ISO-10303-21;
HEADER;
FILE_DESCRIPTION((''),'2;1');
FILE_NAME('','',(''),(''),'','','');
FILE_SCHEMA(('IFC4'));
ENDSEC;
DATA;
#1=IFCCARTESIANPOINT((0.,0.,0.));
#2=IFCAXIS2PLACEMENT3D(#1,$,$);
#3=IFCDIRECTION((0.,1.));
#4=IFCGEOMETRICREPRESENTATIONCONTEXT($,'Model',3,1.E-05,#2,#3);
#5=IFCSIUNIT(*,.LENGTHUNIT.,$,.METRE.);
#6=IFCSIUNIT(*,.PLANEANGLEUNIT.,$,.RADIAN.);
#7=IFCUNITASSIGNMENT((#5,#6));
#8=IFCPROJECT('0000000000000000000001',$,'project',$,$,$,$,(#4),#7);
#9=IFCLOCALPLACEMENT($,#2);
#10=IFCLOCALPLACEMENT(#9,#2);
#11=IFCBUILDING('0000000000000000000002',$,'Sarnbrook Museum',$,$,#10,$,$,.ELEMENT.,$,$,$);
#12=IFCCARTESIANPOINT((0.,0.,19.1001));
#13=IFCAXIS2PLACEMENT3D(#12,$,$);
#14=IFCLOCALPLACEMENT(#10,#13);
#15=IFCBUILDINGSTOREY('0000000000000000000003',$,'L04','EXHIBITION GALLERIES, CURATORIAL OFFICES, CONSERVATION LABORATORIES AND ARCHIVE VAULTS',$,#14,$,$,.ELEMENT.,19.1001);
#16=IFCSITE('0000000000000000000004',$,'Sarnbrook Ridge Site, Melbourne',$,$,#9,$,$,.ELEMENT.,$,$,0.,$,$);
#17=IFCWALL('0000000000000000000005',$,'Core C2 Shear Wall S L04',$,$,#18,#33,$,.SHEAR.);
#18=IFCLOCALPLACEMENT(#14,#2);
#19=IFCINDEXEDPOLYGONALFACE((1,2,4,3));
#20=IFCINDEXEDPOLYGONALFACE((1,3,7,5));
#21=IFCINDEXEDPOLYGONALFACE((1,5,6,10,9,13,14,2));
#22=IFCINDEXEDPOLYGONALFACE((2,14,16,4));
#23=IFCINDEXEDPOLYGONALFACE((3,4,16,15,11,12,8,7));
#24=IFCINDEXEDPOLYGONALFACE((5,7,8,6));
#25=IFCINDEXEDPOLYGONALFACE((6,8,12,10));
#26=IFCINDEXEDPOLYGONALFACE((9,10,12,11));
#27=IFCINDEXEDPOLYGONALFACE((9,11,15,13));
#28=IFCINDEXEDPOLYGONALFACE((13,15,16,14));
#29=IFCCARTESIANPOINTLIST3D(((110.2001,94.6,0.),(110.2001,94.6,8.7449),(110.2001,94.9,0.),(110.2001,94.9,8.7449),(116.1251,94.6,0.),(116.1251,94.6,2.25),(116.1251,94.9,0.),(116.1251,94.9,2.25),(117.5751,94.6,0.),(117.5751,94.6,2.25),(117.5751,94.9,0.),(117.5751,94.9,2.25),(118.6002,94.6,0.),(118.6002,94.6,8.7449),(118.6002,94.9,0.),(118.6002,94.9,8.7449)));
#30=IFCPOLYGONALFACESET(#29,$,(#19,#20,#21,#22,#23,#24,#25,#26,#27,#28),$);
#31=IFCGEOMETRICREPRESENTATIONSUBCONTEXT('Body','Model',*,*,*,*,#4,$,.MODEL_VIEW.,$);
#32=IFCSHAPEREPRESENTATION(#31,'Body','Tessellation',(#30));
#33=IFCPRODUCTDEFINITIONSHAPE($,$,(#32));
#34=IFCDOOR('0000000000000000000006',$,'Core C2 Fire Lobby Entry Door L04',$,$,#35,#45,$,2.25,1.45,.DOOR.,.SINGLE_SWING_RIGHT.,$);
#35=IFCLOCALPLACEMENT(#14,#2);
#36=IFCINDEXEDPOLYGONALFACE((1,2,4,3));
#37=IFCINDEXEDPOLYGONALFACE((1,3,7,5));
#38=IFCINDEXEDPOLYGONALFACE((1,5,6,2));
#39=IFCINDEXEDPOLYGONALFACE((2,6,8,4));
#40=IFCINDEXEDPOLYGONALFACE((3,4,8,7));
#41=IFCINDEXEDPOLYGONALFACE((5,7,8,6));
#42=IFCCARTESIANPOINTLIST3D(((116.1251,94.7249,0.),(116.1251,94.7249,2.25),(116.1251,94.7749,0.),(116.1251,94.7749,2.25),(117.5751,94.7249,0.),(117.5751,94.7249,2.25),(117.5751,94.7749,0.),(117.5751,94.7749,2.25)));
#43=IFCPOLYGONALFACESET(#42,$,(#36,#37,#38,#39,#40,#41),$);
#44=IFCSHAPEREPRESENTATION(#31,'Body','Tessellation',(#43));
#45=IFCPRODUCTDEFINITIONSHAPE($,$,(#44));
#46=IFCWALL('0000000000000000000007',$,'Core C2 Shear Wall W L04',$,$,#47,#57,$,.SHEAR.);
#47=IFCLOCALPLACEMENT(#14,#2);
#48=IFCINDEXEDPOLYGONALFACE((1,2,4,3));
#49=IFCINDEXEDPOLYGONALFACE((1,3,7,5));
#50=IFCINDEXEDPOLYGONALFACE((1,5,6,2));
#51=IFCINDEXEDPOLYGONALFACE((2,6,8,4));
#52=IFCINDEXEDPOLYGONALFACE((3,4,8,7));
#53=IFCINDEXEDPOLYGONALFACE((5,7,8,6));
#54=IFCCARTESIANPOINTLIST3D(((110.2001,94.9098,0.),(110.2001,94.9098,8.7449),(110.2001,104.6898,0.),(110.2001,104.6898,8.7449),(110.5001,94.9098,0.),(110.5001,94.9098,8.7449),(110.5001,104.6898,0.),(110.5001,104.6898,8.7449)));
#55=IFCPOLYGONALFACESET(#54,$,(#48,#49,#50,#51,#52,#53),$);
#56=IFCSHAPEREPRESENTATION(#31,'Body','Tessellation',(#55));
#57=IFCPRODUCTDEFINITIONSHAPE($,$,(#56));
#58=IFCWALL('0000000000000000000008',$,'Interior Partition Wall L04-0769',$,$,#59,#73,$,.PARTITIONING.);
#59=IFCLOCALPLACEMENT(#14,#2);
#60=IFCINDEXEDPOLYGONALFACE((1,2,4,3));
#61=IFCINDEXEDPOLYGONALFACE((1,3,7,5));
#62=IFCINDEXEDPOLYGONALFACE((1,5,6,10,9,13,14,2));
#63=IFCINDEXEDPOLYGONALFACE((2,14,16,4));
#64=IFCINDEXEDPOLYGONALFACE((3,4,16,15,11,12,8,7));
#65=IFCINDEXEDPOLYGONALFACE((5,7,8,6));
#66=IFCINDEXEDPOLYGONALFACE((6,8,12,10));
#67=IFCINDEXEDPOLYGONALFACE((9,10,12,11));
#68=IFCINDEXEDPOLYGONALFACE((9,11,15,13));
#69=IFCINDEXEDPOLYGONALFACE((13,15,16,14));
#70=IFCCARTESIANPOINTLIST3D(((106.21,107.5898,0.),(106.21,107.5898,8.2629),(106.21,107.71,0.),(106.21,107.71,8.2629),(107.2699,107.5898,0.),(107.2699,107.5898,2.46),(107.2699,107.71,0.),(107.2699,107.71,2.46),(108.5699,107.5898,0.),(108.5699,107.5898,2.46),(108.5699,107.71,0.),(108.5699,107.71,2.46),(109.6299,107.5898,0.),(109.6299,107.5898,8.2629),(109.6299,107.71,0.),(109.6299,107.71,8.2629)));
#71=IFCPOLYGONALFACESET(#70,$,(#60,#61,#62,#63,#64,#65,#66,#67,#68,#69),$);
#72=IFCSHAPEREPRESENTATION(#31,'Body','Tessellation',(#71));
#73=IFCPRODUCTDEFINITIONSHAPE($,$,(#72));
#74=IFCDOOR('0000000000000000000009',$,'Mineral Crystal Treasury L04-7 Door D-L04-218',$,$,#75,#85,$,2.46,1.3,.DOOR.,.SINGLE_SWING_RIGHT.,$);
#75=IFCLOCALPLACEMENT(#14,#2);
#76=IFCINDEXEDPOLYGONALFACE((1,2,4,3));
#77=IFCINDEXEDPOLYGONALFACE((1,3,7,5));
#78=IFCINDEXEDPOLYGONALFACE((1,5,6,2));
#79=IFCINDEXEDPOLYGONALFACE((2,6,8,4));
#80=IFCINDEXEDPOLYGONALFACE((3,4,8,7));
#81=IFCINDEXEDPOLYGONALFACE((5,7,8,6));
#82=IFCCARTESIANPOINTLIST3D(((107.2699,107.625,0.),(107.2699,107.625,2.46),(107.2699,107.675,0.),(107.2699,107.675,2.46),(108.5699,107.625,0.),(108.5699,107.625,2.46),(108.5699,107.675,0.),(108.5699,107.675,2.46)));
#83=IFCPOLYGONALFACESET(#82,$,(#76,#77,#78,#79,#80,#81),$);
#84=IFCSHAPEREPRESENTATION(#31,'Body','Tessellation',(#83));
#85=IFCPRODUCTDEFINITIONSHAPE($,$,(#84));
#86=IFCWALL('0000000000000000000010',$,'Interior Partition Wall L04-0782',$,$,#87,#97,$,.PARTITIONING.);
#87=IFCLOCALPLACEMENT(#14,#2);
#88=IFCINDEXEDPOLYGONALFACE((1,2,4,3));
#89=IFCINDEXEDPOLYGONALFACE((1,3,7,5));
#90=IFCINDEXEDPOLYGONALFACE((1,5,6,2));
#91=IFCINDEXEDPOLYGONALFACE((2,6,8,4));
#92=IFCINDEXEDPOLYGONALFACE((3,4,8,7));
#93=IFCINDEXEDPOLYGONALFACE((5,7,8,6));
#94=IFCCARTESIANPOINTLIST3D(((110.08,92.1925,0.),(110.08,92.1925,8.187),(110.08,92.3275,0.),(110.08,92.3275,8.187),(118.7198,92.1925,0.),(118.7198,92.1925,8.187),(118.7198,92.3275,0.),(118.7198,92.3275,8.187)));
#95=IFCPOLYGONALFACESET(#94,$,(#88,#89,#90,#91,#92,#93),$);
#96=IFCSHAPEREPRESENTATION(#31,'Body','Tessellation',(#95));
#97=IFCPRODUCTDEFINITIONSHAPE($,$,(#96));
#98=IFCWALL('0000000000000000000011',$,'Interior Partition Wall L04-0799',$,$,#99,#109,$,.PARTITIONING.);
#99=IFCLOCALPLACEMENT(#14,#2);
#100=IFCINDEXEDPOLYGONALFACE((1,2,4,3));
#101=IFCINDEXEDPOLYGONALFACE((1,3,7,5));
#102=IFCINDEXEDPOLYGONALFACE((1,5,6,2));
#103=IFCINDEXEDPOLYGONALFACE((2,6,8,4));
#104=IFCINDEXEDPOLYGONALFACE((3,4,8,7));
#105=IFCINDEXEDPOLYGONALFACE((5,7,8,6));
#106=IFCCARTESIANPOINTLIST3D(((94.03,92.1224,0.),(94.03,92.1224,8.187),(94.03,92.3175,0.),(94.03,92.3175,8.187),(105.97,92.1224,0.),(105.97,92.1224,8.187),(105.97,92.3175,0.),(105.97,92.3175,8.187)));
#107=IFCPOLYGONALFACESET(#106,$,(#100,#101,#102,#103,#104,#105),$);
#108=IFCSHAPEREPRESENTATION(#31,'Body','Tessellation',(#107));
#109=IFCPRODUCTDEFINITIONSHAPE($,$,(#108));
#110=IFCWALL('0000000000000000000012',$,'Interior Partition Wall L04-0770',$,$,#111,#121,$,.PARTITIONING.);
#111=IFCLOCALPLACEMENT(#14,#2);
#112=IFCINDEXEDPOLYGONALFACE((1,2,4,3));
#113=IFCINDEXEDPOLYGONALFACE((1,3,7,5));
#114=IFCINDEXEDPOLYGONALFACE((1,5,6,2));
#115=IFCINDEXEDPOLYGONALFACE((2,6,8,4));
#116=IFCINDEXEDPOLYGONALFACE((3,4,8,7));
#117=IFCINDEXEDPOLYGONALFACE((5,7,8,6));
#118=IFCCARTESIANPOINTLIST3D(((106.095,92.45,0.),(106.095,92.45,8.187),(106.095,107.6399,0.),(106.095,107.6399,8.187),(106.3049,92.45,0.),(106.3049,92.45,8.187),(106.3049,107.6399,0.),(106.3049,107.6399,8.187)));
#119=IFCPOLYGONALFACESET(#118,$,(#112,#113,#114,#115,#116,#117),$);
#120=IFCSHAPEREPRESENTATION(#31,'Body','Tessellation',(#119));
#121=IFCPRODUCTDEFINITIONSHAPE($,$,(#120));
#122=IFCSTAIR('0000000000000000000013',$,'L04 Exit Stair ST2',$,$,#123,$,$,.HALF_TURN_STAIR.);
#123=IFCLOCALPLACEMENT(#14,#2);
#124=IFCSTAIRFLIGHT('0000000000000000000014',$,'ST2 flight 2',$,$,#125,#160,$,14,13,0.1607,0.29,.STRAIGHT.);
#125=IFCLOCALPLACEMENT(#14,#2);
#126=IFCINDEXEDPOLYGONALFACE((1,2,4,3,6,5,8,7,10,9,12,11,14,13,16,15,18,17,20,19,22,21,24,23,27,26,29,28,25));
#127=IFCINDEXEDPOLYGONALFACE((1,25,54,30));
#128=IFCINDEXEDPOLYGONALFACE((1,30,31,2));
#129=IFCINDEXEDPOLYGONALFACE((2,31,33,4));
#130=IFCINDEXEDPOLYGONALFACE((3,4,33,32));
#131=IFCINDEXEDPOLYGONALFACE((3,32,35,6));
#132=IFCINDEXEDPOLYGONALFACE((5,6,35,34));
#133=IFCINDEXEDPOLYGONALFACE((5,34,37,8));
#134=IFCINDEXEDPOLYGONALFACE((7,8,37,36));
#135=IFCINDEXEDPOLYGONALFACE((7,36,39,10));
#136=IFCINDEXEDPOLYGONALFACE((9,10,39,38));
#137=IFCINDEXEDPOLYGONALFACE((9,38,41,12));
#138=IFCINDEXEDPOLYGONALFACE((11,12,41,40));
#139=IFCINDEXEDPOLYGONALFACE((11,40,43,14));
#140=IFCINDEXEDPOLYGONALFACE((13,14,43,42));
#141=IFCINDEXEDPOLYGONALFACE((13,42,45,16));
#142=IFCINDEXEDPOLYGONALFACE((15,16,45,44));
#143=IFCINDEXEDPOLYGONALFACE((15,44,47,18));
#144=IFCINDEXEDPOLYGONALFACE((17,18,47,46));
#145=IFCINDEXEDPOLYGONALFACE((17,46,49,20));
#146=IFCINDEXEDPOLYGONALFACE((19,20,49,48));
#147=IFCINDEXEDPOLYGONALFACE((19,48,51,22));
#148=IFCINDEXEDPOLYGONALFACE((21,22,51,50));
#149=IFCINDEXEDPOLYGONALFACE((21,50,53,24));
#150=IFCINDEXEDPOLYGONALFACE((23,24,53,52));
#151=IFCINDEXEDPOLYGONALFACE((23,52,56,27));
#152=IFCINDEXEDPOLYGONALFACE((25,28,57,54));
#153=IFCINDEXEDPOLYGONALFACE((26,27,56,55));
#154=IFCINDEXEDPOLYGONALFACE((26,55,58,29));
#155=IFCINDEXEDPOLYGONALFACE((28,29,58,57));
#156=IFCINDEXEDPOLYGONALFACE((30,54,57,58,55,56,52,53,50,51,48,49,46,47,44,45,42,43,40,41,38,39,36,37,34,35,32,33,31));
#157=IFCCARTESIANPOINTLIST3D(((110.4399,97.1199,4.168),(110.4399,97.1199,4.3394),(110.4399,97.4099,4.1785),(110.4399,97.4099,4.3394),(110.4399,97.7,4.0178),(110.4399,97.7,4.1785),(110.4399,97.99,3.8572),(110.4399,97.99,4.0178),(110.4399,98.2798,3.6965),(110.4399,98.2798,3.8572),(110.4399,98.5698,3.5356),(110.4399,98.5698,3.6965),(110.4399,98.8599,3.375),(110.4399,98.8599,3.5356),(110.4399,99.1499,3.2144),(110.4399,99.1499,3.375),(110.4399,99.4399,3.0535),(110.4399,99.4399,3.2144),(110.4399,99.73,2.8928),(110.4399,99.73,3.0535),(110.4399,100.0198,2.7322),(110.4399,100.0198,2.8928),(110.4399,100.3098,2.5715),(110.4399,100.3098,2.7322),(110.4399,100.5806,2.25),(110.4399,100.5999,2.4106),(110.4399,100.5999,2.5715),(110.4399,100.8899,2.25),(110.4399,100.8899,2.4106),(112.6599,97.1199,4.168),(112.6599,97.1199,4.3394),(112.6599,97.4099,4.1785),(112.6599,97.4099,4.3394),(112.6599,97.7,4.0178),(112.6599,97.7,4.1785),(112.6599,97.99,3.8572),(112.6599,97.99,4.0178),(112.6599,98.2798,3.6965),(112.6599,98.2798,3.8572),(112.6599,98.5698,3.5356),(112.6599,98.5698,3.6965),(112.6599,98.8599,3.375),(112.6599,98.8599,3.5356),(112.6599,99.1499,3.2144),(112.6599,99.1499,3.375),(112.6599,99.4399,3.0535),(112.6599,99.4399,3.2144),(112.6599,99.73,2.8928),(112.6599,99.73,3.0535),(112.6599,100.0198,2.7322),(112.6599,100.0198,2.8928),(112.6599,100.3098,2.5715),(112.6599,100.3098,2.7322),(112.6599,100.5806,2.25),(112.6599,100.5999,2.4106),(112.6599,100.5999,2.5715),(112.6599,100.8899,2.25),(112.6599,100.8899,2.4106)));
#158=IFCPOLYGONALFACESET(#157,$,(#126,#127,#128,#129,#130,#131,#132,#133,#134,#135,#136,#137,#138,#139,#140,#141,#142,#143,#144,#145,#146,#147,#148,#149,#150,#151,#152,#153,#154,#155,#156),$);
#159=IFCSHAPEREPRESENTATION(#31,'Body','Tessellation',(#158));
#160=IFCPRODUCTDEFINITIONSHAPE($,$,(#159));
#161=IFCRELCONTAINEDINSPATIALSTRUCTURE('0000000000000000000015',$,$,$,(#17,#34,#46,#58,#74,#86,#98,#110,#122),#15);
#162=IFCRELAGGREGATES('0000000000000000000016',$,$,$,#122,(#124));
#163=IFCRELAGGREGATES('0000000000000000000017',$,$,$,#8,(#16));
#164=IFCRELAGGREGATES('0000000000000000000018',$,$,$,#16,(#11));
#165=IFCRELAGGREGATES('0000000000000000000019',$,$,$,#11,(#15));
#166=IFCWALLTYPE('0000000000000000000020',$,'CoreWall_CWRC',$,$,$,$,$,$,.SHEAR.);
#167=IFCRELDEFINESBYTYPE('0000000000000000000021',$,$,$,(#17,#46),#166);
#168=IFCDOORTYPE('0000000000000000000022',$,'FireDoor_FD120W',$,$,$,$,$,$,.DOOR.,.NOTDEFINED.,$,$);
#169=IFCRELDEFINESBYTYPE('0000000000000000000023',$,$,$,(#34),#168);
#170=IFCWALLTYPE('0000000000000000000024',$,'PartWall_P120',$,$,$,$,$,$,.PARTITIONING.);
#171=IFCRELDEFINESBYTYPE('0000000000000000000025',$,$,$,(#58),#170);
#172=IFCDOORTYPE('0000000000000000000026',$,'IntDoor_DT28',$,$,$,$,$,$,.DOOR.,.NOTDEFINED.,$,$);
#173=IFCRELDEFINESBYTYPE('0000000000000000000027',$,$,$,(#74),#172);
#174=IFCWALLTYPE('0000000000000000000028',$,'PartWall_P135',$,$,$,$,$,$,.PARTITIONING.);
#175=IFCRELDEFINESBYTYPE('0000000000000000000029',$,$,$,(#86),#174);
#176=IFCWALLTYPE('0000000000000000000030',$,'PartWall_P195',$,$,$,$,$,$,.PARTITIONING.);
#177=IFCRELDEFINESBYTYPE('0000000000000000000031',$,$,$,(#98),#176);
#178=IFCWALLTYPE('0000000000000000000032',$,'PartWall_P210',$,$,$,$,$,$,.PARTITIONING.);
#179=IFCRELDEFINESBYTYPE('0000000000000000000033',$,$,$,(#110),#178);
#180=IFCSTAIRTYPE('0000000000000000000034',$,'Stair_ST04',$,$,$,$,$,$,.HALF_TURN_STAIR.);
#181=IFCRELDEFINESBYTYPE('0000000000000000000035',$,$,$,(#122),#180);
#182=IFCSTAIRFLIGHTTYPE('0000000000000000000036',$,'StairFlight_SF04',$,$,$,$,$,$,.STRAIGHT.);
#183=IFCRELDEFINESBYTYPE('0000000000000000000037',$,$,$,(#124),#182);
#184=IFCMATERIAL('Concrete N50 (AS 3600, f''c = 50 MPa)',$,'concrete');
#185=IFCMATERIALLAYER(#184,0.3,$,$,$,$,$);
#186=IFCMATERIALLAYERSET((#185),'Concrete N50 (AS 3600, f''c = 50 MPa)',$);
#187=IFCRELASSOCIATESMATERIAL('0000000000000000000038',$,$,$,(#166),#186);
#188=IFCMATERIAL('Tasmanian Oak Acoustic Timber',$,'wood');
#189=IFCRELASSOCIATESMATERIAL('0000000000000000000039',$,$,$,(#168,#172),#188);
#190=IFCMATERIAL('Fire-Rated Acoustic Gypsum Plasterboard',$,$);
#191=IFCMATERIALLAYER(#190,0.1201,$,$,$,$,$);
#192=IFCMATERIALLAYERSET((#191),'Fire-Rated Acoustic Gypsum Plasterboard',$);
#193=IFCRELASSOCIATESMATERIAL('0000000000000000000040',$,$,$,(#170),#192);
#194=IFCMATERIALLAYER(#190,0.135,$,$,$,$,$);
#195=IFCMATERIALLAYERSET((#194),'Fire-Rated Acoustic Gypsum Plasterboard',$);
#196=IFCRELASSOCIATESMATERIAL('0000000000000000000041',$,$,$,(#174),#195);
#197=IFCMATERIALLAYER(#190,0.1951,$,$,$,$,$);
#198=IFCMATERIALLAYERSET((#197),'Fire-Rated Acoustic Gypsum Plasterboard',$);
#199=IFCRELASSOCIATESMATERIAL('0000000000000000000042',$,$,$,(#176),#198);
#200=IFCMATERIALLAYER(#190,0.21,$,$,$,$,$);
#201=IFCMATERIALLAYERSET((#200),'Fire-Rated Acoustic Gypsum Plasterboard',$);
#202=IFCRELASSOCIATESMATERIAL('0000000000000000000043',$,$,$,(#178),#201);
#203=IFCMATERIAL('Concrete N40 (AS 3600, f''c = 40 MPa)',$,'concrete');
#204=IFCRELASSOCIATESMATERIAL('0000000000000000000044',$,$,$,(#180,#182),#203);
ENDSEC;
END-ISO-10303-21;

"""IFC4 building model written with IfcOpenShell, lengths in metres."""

from ifc_helpers import new_model, si_unit, direction, frame, frame_2d, origin, place, context, subcontext, project, spatial, polyline, rectangle, outline, extrude, material, layer, layer_set, type_object, element, fill, aggregate, save


model = new_model("IFC4")

# Units and contexts
model_context = context("Model", 3, precision=1e-05, world=origin(), true_north=direction((0.0, 1.0)))
body_context = subcontext(model_context, "Body", "Model", "MODEL_VIEW")
ifc_project = project(units=[si_unit("LENGTHUNIT", "METRE"), si_unit("PLANEANGLEUNIT", "RADIAN")], contexts=[model_context])

# Site, building, storey
site_placement = place(None, origin())
site = spatial("IfcSite", under=ifc_project, at=site_placement, Name="Sarnbrook Ridge Site, Melbourne", CompositionType="ELEMENT", RefElevation=0.0)
building_placement = place(site_placement, origin())
building = spatial("IfcBuilding", under=site, at=building_placement, Name="Sarnbrook Museum", CompositionType="ELEMENT")
storey_placement = place(building_placement, frame((0.0, 0.0, 19.1001)))
storey = spatial("IfcBuildingStorey", under=building, at=storey_placement, Name="L04", Description="EXHIBITION GALLERIES, CURATORIAL OFFICES, CONSERVATION LABORATORIES AND ARCHIVE VAULTS", CompositionType="ELEMENT", Elevation=19.1001)

# Wall, opening, door
ifc_material_1 = material(Name="Concrete N50 (AS 3600, f'c = 50 MPa)", Category="concrete")
ifc_layer_1 = layer(ifc_material_1, 0.3)
ifc_layer_set_1 = layer_set([ifc_layer_1], Name="Concrete N50 (AS 3600, f'c = 50 MPa)")
wall_type_1 = type_object("IfcWallType", Name="CoreWall_CWRC", PredefinedType="SHEAR", material=ifc_layer_set_1)
wall_1_placement = place(storey_placement, frame((110.2, 94.75, 0.0), z_axis=(0.0, 0.0, 1.0), x_axis=(1.0, 0.0, 0.0)))
wall_1 = element("IfcWall", 1, at=wall_1_placement, inside=storey, type_object=wall_type_1, Name="Core C2 Shear Wall S L04", PredefinedType="SHEAR", context=body_context, shape_type="SweptSolid", body=[
    extrude(rectangle(XDim=8.4001, YDim=0.3, at=frame_2d((4.2002, 0.0))), origin(), (0.0, 0.0, 1.0), 8.7449),
])
opening_1_placement = place(wall_1_placement, frame((5.925, 0.0, 0.0)))
opening_1 = element("IfcOpeningElement", 2, at=opening_1_placement, cuts=wall_1, PredefinedType="OPENING", context=body_context, shape_type="SweptSolid", body=[
    extrude(rectangle(XDim=1.45, YDim=2.25, at=frame_2d((0.7251, 1.125))), frame((0.0, 0.1602, 0.0), z_axis=(0.0, -1.0, 0.0), x_axis=(1.0, 0.0, 0.0)), (0.0, 0.0, 1.0), 0.3201),
])
ifc_material_2 = material(Name="Tasmanian Oak Acoustic Timber", Category="wood")
door_type_1 = type_object("IfcDoorType", Name="FireDoor_FD120W", OperationType="NOTDEFINED", PredefinedType="DOOR", material=ifc_material_2)
door_1_placement = place(opening_1_placement, origin())
door_1 = element("IfcDoor", 3, at=door_1_placement, inside=storey, type_object=door_type_1, Name="Core C2 Fire Lobby Entry Door L04", OperationType="SINGLE_SWING_RIGHT", OverallHeight=2.25, OverallWidth=1.45, PredefinedType="DOOR", context=body_context, shape_type="SweptSolid", body=[
    extrude(rectangle(XDim=1.45, YDim=2.25, at=frame_2d((0.7251, 1.125))), frame((0.0, 0.0249, 0.0), z_axis=(0.0, -1.0, 0.0), x_axis=(1.0, 0.0, 0.0)), (0.0, 0.0, 1.0), 0.05),
])
fill(opening_1, door_1)

# Wall
wall_2_placement = place(storey_placement, frame((110.3501, 104.6899, 0.0), z_axis=(0.0, 0.0, 1.0), x_axis=(0.0, -1.0, 0.0)))
element("IfcWall", 4, at=wall_2_placement, inside=storey, type_object=wall_type_1, Name="Core C2 Shear Wall W L04", PredefinedType="SHEAR", context=body_context, shape_type="SweptSolid", body=[
    extrude(rectangle(XDim=9.78, YDim=0.3, at=frame_2d((4.8901, 0.0))), origin(), (0.0, 0.0, 1.0), 8.7449),
])

# Wall, opening, door
ifc_material_3 = material(Name="Fire-Rated Acoustic Gypsum Plasterboard")
ifc_layer_2 = layer(ifc_material_3, 0.1201)
ifc_layer_set_2 = layer_set([ifc_layer_2], Name="Fire-Rated Acoustic Gypsum Plasterboard")
wall_type_2 = type_object("IfcWallType", Name="PartWall_P120", PredefinedType="PARTITIONING", material=ifc_layer_set_2)
wall_3_placement = place(storey_placement, frame((109.6299, 107.6499, 0.0), z_axis=(0.0, 0.0, 1.0), x_axis=(-1.0, 0.0, 0.0)))
wall_3 = element("IfcWall", 5, at=wall_3_placement, inside=storey, type_object=wall_type_2, Name="Interior Partition Wall L04-0769", PredefinedType="PARTITIONING", context=body_context, shape_type="SweptSolid", body=[
    extrude(rectangle(XDim=3.4199, YDim=0.1201, at=frame_2d((1.71, 0.0))), origin(), (0.0, 0.0, 1.0), 8.2629),
])
opening_2_placement = place(wall_3_placement, frame((1.0601, 0.0, 0.0)))
opening_2 = element("IfcOpeningElement", 6, at=opening_2_placement, cuts=wall_3, PredefinedType="OPENING", context=body_context, shape_type="SweptSolid", body=[
    extrude(rectangle(XDim=1.3, YDim=2.46, at=frame_2d((0.6499, 1.23))), frame((0.0, 0.0701, 0.0), z_axis=(0.0, -1.0, 0.0), x_axis=(1.0, 0.0, 0.0)), (0.0, 0.0, 1.0), 0.1401),
])
door_type_2 = type_object("IfcDoorType", Name="IntDoor_DT28", OperationType="NOTDEFINED", PredefinedType="DOOR", material=ifc_material_2)
door_2_placement = place(opening_2_placement, origin())
door_2 = element("IfcDoor", 7, at=door_2_placement, inside=storey, type_object=door_type_2, Name="Mineral Crystal Treasury L04-7 Door D-L04-218", OperationType="SINGLE_SWING_RIGHT", OverallHeight=2.46, OverallWidth=1.3, PredefinedType="DOOR", context=body_context, shape_type="SweptSolid", body=[
    extrude(rectangle(XDim=1.3, YDim=2.46, at=frame_2d((0.6499, 1.23))), frame((0.0, 0.0249, 0.0), z_axis=(0.0, -1.0, 0.0), x_axis=(1.0, 0.0, 0.0)), (0.0, 0.0, 1.0), 0.05),
])
fill(opening_2, door_2)

# Walls
ifc_layer_3 = layer(ifc_material_3, 0.135)
ifc_layer_set_3 = layer_set([ifc_layer_3], Name="Fire-Rated Acoustic Gypsum Plasterboard")
wall_type_3 = type_object("IfcWallType", Name="PartWall_P135", PredefinedType="PARTITIONING", material=ifc_layer_set_3)
wall_4_placement = place(storey_placement, frame((110.0801, 92.26, 0.0), z_axis=(0.0, 0.0, 1.0), x_axis=(1.0, 0.0, 0.0)))
element("IfcWall", 8, at=wall_4_placement, inside=storey, type_object=wall_type_3, Name="Interior Partition Wall L04-0782", PredefinedType="PARTITIONING", context=body_context, shape_type="SweptSolid", body=[
    extrude(rectangle(XDim=8.6399, YDim=0.135, at=frame_2d((4.3198, 0.0))), origin(), (0.0, 0.0, 1.0), 8.187),
])
ifc_layer_4 = layer(ifc_material_3, 0.1951)
ifc_layer_set_4 = layer_set([ifc_layer_4], Name="Fire-Rated Acoustic Gypsum Plasterboard")
wall_type_4 = type_object("IfcWallType", Name="PartWall_P195", PredefinedType="PARTITIONING", material=ifc_layer_set_4)
wall_5_placement = place(storey_placement, frame((105.97, 92.22, 0.0), z_axis=(0.0, 0.0, 1.0), x_axis=(-1.0, 0.0, 0.0)))
element("IfcWall", 9, at=wall_5_placement, inside=storey, type_object=wall_type_4, Name="Interior Partition Wall L04-0799", PredefinedType="PARTITIONING", context=body_context, shape_type="SweptSolid", body=[
    extrude(rectangle(XDim=11.9399, YDim=0.1951, at=frame_2d((5.97, 0.0))), origin(), (0.0, 0.0, 1.0), 8.187),
])
ifc_layer_5 = layer(ifc_material_3, 0.21)
ifc_layer_set_5 = layer_set([ifc_layer_5], Name="Fire-Rated Acoustic Gypsum Plasterboard")
wall_type_5 = type_object("IfcWallType", Name="PartWall_P210", PredefinedType="PARTITIONING", material=ifc_layer_set_5)
wall_6_placement = place(storey_placement, frame((106.2, 107.6399, 0.0), z_axis=(0.0, 0.0, 1.0), x_axis=(0.0, -1.0, 0.0)))
element("IfcWall", 10, at=wall_6_placement, inside=storey, type_object=wall_type_5, Name="Interior Partition Wall L04-0770", PredefinedType="PARTITIONING", context=body_context, shape_type="SweptSolid", body=[
    extrude(rectangle(XDim=15.1899, YDim=0.21, at=frame_2d((7.595, 0.0))), origin(), (0.0, 0.0, 1.0), 8.187),
])

# Stair, stair flight
ifc_material_4 = material(Name="Concrete N40 (AS 3600, f'c = 40 MPa)", Category="concrete")
stair_type = type_object("IfcStairType", Name="Stair_ST04", PredefinedType="HALF_TURN_STAIR", material=ifc_material_4)
stair_placement = place(storey_placement, origin())
stair = element("IfcStair", 11, at=stair_placement, inside=storey, type_object=stair_type, Name="L04 Exit Stair ST2", PredefinedType="HALF_TURN_STAIR")
stair_flight_type = type_object("IfcStairFlightType", Name="StairFlight_SF04", PredefinedType="STRAIGHT", material=ifc_material_4)
stair_flight_1_placement = place(storey_placement, frame((111.55, 100.8899, 2.25), z_axis=(0.0, 0.0, 1.0), x_axis=(0.0, -1.0, 0.0)))
stair_flight_1 = element("IfcStairFlight", 12, at=stair_flight_1_placement, type_object=stair_flight_type, Name="ST2 flight 2", NumberOfRisers=14, NumberOfTreads=13, PredefinedType="STRAIGHT", RiserHeight=0.1607, TreadLength=0.29, context=body_context, shape_type="SweptSolid", body=[
    extrude(outline(polyline([(0.0, 0.0), (0.0, 0.1606), (0.29, 0.1606), (0.29, 0.3215), (0.5801, 0.3215), (0.5801, 0.4822), (0.8701, 0.4822), (0.8701, 0.6428), (1.1599, 0.6428), (1.1599, 0.8035), (1.45, 0.8035), (1.45, 0.9644), (1.74, 0.9644), (1.74, 1.125), (2.03, 1.125), (2.03, 1.2856), (2.3201, 1.2856), (2.3201, 1.4465), (2.6101, 1.4465), (2.6101, 1.6072), (2.8999, 1.6072), (2.8999, 1.7678), (3.1899, 1.7678), (3.1899, 1.9285), (3.48, 1.9285), (3.48, 2.0894), (3.77, 2.0894), (3.77, 2.25), (3.77, 1.918), (0.3093, 0.0), (0.0, 0.0)])), frame((0.0, 1.1099, 0.0), z_axis=(0.0, -1.0, 0.0), x_axis=(1.0, 0.0, 0.0)), (0.0, 0.0, 1.0), 2.22),
])
aggregate(stair, [stair_flight_1])

save(model, "model.ifc")
